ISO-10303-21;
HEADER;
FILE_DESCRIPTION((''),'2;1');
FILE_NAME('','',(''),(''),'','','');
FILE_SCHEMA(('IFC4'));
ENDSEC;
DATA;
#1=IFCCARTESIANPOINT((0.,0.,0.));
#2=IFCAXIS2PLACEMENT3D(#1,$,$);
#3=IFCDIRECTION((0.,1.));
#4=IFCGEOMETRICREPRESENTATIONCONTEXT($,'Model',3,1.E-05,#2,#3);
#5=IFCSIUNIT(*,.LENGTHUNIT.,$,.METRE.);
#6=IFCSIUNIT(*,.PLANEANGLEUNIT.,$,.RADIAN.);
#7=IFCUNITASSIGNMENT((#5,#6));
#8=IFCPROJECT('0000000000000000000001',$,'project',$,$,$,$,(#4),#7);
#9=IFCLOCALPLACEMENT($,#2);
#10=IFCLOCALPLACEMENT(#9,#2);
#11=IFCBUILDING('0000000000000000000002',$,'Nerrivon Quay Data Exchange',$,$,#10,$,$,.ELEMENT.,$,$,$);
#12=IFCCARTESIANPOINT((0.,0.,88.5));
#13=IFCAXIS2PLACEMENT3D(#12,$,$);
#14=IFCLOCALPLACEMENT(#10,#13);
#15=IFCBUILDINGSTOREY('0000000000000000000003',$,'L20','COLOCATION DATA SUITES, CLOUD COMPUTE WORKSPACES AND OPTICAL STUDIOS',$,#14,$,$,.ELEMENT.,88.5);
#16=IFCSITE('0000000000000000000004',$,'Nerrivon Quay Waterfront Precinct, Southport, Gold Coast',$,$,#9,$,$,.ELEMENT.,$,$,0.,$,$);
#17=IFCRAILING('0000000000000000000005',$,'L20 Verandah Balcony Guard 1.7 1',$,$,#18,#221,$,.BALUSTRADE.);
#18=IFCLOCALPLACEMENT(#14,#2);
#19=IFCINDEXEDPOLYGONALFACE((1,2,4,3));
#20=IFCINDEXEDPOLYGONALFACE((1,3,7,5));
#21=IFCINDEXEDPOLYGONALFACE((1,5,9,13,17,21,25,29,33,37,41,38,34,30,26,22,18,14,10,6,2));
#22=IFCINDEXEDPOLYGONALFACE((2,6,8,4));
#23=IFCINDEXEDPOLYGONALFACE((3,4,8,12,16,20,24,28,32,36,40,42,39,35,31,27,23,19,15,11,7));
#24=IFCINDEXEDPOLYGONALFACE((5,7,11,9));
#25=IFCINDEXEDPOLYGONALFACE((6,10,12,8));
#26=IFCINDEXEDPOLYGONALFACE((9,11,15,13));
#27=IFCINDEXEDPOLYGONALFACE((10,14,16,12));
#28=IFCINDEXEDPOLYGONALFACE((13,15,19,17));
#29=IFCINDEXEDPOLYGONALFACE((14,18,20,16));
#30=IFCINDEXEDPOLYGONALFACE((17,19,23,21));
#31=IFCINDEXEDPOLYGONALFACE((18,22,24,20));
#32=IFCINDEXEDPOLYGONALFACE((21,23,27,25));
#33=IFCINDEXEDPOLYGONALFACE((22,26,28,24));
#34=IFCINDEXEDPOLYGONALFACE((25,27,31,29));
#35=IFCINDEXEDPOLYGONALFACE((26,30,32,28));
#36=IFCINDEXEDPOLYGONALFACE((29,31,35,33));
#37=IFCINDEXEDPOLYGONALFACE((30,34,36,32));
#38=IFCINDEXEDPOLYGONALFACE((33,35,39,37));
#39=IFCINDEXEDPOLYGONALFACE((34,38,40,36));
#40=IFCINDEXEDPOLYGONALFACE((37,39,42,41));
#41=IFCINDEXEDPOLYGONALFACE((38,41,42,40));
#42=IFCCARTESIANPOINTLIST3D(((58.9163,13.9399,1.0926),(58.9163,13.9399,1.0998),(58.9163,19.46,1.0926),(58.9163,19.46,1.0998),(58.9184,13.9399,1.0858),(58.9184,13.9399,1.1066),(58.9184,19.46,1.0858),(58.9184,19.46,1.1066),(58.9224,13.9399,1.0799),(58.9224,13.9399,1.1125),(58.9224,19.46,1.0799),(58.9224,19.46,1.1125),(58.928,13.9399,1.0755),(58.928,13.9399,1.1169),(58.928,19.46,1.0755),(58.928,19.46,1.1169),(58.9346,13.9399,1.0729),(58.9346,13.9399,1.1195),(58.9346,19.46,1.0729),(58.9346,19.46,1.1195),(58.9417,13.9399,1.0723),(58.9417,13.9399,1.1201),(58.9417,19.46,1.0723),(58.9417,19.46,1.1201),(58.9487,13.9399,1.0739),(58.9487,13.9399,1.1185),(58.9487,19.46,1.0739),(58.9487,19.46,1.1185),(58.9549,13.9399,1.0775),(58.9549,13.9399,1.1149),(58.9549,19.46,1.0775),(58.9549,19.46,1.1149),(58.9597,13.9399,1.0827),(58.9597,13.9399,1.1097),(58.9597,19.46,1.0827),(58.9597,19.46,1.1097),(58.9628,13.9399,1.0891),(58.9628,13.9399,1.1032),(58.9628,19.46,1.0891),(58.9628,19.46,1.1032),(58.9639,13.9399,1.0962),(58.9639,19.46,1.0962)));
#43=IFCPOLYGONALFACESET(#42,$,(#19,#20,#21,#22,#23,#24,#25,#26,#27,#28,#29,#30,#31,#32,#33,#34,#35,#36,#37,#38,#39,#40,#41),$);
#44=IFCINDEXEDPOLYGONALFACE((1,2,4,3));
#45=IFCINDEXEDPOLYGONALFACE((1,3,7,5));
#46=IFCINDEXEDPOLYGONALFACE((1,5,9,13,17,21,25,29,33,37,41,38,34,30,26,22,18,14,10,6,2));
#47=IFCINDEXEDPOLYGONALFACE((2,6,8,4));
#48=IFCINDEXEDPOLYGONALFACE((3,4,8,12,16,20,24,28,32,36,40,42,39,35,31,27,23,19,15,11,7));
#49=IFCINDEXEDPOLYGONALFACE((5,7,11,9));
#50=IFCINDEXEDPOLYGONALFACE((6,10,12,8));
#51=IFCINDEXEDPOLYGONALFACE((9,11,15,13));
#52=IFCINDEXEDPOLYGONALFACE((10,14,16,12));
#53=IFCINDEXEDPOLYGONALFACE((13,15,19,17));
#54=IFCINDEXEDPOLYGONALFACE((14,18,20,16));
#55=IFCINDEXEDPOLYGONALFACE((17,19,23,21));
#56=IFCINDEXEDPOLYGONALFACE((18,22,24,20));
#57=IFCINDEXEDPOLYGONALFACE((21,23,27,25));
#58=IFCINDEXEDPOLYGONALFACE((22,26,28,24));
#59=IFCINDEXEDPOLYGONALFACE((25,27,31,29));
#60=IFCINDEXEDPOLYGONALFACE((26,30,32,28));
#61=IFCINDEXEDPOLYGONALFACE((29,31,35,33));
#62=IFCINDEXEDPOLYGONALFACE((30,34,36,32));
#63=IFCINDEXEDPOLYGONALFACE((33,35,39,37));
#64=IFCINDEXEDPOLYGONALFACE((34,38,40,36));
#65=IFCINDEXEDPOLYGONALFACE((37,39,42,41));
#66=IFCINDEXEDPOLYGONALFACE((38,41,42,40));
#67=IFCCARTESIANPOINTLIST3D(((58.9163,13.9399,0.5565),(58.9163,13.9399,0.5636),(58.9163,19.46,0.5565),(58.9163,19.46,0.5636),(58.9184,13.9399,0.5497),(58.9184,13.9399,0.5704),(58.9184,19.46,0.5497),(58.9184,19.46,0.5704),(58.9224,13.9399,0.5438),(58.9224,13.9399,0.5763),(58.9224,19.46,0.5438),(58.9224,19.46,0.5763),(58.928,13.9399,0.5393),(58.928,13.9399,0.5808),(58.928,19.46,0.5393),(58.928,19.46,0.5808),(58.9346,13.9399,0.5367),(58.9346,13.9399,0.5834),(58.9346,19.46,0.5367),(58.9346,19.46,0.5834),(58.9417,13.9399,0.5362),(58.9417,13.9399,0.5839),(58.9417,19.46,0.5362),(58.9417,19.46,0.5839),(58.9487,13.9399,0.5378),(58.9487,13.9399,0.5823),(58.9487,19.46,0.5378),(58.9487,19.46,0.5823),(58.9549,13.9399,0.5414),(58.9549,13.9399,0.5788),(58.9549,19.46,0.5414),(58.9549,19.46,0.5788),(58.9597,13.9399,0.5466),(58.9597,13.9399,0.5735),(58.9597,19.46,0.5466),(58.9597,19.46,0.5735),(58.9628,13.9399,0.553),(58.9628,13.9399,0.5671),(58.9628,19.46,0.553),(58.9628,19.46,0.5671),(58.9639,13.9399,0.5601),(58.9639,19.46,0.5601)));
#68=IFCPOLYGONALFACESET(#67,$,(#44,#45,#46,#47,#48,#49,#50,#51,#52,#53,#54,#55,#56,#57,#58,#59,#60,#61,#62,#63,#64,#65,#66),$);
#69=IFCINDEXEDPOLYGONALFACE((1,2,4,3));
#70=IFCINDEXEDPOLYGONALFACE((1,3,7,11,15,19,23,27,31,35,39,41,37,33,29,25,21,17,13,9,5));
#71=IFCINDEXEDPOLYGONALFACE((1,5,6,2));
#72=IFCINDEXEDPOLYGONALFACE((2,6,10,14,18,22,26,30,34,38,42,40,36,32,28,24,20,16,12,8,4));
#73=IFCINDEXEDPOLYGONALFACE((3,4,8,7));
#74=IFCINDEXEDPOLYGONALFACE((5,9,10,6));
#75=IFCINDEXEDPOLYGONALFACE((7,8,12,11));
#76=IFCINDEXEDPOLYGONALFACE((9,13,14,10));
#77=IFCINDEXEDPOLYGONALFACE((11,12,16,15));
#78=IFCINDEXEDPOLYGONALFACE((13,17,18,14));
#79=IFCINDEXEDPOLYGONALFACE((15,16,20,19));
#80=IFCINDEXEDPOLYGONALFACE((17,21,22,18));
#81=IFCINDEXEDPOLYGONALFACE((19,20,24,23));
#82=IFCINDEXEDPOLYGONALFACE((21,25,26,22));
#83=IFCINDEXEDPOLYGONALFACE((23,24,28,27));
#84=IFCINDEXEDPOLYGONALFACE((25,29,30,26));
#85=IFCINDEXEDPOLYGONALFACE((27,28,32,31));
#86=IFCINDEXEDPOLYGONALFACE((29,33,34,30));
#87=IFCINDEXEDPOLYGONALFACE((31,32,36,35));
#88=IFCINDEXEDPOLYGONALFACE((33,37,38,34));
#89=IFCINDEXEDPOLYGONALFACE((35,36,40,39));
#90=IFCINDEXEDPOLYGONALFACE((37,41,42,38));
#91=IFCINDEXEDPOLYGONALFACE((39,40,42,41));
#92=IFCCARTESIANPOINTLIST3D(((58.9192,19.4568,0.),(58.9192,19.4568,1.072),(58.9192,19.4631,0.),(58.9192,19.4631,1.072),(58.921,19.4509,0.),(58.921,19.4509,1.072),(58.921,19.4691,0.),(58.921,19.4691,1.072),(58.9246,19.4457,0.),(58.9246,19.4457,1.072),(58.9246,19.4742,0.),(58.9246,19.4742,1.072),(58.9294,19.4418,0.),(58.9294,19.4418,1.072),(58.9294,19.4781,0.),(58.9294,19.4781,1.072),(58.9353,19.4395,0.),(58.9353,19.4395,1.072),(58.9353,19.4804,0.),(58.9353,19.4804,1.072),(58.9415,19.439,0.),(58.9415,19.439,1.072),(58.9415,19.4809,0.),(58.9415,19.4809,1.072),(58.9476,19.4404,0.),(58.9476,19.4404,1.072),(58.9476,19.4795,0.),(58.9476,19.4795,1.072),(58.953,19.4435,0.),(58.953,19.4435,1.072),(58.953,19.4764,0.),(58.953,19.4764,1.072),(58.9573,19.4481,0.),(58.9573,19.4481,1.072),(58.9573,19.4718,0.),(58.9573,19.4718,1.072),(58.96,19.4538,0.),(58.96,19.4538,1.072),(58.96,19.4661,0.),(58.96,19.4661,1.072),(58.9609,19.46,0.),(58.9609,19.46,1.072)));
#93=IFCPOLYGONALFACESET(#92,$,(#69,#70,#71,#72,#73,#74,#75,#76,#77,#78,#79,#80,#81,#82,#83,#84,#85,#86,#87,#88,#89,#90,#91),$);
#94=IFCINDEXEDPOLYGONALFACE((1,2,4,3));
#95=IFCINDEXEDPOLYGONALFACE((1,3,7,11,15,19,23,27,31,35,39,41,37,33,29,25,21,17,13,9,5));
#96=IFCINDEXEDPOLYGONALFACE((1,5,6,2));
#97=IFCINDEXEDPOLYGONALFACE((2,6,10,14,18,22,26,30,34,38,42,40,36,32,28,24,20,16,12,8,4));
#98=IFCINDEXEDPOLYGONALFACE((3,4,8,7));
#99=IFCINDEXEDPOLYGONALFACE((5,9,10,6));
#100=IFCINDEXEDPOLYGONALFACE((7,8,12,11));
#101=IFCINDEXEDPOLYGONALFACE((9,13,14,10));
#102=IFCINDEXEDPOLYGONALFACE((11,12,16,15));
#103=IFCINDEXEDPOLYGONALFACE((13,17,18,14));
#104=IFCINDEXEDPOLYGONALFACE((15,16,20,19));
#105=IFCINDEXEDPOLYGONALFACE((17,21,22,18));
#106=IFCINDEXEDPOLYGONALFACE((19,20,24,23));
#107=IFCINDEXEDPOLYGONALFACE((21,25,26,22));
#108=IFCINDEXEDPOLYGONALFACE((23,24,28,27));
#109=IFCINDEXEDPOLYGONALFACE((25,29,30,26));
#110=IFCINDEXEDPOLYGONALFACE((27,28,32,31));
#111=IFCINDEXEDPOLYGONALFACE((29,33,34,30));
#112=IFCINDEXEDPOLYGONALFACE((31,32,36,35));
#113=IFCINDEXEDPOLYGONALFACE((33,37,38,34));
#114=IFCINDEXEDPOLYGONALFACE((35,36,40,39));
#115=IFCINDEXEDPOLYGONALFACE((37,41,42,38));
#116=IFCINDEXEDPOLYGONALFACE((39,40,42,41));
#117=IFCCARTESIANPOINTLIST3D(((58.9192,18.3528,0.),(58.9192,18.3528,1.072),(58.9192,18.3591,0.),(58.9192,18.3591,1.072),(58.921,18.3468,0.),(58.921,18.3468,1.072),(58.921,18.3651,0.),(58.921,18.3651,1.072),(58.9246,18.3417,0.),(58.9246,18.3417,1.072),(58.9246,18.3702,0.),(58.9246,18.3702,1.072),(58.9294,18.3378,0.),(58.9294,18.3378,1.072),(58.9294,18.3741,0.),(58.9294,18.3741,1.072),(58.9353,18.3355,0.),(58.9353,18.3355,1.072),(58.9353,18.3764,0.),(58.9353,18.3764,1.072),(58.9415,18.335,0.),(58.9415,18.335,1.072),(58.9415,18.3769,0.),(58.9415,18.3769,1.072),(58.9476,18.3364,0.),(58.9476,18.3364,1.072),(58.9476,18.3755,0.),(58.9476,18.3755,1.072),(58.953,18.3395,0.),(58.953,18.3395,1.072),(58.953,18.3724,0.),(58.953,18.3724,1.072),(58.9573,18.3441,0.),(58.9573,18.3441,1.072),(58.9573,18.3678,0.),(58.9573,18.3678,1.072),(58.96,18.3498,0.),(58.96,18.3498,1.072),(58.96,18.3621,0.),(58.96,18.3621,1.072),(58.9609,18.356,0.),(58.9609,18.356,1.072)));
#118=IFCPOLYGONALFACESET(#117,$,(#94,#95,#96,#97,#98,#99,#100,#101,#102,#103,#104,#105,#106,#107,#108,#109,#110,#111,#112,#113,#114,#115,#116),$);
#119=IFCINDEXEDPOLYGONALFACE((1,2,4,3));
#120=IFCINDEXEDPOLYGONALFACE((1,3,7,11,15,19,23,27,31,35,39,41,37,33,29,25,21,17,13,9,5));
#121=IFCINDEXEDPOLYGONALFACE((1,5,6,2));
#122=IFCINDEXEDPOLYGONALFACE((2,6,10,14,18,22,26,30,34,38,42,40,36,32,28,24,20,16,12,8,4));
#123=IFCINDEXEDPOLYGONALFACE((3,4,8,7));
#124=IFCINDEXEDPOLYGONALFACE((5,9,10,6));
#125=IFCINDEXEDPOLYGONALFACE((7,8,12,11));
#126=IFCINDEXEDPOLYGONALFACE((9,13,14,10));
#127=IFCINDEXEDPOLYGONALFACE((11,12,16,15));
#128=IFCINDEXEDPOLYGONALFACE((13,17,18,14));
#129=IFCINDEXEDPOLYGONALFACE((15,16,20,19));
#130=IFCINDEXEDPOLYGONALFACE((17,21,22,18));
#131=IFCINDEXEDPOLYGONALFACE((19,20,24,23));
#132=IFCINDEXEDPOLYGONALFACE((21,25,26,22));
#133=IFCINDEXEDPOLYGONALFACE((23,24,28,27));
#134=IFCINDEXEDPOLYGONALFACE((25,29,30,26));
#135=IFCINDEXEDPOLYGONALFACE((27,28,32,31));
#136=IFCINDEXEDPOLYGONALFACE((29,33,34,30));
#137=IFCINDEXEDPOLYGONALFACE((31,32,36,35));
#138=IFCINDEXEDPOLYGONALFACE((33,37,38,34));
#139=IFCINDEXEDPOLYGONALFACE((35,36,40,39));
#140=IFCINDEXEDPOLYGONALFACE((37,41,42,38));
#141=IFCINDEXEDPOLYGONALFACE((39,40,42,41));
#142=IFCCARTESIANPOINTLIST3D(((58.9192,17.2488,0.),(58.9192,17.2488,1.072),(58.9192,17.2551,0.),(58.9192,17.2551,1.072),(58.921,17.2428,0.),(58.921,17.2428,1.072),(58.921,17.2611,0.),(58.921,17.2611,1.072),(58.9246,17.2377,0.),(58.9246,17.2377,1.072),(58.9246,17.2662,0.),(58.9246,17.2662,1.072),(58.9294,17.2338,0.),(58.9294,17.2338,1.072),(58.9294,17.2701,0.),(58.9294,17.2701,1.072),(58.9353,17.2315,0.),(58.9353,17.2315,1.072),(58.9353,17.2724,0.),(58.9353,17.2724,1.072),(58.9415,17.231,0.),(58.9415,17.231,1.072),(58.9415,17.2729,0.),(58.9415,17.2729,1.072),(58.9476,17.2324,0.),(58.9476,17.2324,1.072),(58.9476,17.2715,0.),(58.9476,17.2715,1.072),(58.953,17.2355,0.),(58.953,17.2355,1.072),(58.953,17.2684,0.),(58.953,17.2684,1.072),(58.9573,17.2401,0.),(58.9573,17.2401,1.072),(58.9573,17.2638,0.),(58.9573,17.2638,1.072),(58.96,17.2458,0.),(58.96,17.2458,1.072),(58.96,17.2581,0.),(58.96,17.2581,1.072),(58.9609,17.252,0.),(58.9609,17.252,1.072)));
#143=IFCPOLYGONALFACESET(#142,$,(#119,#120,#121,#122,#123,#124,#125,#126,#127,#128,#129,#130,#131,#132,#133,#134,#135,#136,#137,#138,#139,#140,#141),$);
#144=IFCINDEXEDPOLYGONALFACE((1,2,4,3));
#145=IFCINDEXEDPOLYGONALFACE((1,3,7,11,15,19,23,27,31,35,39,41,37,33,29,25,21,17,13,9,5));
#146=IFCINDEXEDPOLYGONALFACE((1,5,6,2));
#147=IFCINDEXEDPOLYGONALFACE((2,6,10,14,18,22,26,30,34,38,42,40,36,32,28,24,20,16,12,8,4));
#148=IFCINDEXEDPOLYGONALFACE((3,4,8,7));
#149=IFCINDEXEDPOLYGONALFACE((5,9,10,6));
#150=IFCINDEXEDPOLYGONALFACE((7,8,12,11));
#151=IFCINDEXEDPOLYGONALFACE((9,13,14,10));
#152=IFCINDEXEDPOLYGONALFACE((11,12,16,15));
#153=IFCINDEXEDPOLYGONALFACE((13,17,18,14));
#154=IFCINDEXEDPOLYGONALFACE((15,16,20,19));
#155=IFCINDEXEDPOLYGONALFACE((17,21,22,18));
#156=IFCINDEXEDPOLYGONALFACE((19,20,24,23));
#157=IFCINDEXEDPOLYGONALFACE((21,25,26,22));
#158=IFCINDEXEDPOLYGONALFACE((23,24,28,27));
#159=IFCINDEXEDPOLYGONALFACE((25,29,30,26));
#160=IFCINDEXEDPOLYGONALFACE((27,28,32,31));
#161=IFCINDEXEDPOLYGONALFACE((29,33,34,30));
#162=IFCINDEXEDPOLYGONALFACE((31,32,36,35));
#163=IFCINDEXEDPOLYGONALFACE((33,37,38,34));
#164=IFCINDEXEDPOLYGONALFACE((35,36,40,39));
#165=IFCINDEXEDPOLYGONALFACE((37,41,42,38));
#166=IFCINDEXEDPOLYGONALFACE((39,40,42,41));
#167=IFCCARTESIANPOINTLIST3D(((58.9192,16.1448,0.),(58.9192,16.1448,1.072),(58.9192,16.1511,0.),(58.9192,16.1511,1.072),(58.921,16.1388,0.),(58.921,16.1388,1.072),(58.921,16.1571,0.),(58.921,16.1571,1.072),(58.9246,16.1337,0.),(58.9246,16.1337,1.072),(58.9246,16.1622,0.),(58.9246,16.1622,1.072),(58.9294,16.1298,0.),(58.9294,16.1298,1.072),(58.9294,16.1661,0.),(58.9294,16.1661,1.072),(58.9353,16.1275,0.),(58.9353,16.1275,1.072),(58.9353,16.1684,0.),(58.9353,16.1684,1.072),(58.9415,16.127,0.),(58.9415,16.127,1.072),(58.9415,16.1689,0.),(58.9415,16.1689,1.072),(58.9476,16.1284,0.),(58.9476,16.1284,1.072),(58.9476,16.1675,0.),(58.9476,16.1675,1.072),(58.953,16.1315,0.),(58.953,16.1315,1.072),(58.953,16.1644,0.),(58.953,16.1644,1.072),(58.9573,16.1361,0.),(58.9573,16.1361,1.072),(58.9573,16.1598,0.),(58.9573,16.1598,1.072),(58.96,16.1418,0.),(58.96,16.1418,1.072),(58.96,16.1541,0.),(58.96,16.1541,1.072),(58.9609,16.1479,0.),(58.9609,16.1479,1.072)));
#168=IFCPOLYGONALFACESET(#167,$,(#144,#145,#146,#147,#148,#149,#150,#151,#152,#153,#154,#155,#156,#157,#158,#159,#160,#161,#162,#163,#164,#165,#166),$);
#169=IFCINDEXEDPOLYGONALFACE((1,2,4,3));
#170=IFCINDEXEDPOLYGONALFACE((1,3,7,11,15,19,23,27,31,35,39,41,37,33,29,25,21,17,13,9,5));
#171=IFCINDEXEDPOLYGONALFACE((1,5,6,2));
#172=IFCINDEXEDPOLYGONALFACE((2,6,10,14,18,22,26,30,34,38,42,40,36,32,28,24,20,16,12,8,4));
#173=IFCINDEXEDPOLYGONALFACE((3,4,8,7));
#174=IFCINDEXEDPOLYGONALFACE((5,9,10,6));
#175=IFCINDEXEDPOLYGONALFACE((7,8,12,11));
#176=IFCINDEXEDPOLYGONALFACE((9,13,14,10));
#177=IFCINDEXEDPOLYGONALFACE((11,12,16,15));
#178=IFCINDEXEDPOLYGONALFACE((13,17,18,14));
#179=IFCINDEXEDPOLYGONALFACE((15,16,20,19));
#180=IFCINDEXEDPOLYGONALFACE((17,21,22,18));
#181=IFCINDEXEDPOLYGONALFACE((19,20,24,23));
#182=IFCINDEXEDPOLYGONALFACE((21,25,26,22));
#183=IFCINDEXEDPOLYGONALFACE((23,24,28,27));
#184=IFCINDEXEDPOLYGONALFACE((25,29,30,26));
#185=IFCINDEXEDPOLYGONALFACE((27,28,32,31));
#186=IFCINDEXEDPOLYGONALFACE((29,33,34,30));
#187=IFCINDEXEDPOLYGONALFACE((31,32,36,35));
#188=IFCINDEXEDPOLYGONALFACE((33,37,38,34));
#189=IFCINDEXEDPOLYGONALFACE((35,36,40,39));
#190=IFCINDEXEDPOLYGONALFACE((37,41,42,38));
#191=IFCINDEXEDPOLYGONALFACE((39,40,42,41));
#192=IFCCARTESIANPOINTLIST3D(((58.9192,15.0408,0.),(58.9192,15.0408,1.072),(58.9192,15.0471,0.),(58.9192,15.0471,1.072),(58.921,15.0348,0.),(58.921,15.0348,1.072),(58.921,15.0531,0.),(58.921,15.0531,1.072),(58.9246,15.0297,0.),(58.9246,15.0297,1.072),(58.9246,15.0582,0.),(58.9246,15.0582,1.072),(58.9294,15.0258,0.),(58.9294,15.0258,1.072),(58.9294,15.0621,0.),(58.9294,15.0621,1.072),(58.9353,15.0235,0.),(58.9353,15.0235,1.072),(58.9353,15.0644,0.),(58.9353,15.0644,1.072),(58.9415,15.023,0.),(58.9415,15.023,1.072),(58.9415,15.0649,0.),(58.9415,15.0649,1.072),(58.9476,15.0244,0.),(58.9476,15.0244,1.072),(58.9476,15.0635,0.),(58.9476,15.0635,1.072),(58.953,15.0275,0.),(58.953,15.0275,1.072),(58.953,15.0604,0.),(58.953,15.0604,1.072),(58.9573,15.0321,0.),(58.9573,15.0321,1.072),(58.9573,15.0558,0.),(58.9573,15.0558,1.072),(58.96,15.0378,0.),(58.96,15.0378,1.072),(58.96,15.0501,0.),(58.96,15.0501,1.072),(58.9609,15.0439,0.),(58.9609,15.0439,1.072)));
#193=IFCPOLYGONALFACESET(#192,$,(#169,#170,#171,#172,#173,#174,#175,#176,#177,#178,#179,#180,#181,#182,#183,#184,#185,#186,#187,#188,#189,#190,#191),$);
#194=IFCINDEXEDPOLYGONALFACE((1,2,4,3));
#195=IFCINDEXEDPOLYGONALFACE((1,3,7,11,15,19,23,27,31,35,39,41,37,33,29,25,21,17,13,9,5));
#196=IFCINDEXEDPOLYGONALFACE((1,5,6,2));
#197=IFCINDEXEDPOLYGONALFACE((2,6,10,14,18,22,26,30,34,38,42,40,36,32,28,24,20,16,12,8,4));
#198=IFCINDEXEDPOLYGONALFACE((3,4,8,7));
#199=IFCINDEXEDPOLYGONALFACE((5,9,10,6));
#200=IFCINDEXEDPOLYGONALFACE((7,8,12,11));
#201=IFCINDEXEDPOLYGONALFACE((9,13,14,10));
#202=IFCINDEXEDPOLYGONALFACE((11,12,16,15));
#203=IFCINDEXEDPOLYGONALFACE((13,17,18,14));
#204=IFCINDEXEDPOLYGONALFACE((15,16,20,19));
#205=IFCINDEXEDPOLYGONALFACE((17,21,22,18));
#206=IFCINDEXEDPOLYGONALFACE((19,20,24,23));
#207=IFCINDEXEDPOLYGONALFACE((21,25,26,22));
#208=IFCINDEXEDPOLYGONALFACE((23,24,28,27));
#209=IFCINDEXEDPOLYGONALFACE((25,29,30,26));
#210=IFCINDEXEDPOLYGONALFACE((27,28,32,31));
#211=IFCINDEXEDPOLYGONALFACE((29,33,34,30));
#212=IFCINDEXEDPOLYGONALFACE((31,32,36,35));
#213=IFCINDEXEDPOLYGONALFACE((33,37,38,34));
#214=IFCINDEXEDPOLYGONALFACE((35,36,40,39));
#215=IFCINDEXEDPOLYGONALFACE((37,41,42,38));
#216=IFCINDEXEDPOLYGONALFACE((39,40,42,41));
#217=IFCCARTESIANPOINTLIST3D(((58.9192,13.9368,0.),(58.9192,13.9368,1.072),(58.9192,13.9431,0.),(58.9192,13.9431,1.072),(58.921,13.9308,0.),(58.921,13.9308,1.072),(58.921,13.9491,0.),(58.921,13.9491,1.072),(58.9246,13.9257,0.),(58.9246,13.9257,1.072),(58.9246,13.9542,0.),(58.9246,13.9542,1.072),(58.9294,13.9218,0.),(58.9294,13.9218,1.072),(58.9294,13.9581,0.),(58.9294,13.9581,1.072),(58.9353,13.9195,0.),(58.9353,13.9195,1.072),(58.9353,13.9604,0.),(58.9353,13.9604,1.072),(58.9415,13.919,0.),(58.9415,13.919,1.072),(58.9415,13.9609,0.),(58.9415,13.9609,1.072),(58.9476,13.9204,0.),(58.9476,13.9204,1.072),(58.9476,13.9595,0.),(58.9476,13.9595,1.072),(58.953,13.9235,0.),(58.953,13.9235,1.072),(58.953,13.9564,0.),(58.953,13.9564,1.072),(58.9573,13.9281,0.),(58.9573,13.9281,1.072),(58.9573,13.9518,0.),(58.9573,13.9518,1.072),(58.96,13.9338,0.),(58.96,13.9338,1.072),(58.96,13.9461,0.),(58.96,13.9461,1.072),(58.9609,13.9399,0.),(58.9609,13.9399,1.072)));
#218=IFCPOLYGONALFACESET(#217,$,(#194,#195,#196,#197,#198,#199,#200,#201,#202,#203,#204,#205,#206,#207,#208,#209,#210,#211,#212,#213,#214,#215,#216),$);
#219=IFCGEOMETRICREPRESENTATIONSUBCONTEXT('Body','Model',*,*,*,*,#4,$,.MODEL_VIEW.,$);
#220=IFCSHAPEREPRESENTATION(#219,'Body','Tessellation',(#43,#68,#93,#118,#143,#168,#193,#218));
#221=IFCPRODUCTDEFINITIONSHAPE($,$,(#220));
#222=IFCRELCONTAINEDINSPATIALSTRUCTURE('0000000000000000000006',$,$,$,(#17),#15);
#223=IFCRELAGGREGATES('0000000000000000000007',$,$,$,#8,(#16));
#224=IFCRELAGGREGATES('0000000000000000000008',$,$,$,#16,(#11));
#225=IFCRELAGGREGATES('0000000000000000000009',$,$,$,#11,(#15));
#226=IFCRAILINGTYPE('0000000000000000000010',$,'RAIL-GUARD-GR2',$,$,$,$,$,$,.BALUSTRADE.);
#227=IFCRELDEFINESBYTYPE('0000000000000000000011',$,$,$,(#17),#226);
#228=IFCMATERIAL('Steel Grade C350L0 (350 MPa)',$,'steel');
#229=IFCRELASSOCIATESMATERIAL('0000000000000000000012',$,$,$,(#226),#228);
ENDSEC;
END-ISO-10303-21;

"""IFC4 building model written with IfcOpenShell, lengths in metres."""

from ifc_helpers import new_model, si_unit, direction, frame, origin, origin_2d, place, context, subcontext, project, spatial, circle, extrude, material, type_object, element, save


model = new_model("IFC4")

# Units and contexts
model_context = context("Model", 3, precision=1e-05, world=origin(), true_north=direction((0.0, 1.0)))
body_context = subcontext(model_context, "Body", "Model", "MODEL_VIEW")
ifc_project = project(units=[si_unit("LENGTHUNIT", "METRE"), si_unit("PLANEANGLEUNIT", "RADIAN")], contexts=[model_context])

# Site, building, storey
site_placement = place(None, origin())
site = spatial("IfcSite", under=ifc_project, at=site_placement, Name="Nerrivon Quay Waterfront Precinct, Southport, Gold Coast", CompositionType="ELEMENT", RefElevation=0.0)
building_placement = place(site_placement, origin())
building = spatial("IfcBuilding", under=site, at=building_placement, Name="Nerrivon Quay Data Exchange", CompositionType="ELEMENT")
storey_placement = place(building_placement, frame((0.0, 0.0, 88.5)))
storey = spatial("IfcBuildingStorey", under=building, at=storey_placement, Name="L20", Description="COLOCATION DATA SUITES, CLOUD COMPUTE WORKSPACES AND OPTICAL STUDIOS", CompositionType="ELEMENT", Elevation=88.5)

# Railing
ifc_material_1 = material(Name="Steel Grade C350L0 (350 MPa)", Category="steel")
railing_type = type_object("IfcRailingType", Name="RAIL-GUARD-GR2", PredefinedType="BALUSTRADE", material=ifc_material_1)
railing_1_placement = place(storey_placement, frame((58.9399, 19.46, 0.0)))
element("IfcRailing", 1, at=railing_1_placement, inside=storey, type_object=railing_type, Name="L20 Verandah Balcony Guard 1.7 1", PredefinedType="BALUSTRADE", context=body_context, shape_type="SweptSolid", body=[
    extrude(circle(Radius=0.0239, at=origin_2d()), frame((0.0, 0.0, 1.0962), z_axis=(0.0, -1.0, 0.0), x_axis=(1.0, 0.0, 0.0)), (0.0, 0.0, 1.0), 5.52),
    extrude(circle(Radius=0.0239, at=origin_2d()), frame((0.0, 0.0, 0.5601), z_axis=(0.0, -1.0, 0.0), x_axis=(1.0, 0.0, 0.0)), (0.0, 0.0, 1.0), 5.52),
    extrude(circle(Radius=0.021, at=origin_2d()), origin(), (0.0, 0.0, 1.0), 1.072),
    extrude(circle(Radius=0.021, at=origin_2d()), frame((0.0, -1.104, 0.0)), (0.0, 0.0, 1.0), 1.072),
    extrude(circle(Radius=0.021, at=origin_2d()), frame((0.0, -2.208, 0.0)), (0.0, 0.0, 1.0), 1.072),
    extrude(circle(Radius=0.021, at=origin_2d()), frame((0.0, -3.312, 0.0)), (0.0, 0.0, 1.0), 1.072),
    extrude(circle(Radius=0.021, at=origin_2d()), frame((0.0, -4.416, 0.0)), (0.0, 0.0, 1.0), 1.072),
    extrude(circle(Radius=0.021, at=origin_2d()), frame((0.0, -5.52, 0.0)), (0.0, 0.0, 1.0), 1.072),
])

save(model, "model.ifc")
